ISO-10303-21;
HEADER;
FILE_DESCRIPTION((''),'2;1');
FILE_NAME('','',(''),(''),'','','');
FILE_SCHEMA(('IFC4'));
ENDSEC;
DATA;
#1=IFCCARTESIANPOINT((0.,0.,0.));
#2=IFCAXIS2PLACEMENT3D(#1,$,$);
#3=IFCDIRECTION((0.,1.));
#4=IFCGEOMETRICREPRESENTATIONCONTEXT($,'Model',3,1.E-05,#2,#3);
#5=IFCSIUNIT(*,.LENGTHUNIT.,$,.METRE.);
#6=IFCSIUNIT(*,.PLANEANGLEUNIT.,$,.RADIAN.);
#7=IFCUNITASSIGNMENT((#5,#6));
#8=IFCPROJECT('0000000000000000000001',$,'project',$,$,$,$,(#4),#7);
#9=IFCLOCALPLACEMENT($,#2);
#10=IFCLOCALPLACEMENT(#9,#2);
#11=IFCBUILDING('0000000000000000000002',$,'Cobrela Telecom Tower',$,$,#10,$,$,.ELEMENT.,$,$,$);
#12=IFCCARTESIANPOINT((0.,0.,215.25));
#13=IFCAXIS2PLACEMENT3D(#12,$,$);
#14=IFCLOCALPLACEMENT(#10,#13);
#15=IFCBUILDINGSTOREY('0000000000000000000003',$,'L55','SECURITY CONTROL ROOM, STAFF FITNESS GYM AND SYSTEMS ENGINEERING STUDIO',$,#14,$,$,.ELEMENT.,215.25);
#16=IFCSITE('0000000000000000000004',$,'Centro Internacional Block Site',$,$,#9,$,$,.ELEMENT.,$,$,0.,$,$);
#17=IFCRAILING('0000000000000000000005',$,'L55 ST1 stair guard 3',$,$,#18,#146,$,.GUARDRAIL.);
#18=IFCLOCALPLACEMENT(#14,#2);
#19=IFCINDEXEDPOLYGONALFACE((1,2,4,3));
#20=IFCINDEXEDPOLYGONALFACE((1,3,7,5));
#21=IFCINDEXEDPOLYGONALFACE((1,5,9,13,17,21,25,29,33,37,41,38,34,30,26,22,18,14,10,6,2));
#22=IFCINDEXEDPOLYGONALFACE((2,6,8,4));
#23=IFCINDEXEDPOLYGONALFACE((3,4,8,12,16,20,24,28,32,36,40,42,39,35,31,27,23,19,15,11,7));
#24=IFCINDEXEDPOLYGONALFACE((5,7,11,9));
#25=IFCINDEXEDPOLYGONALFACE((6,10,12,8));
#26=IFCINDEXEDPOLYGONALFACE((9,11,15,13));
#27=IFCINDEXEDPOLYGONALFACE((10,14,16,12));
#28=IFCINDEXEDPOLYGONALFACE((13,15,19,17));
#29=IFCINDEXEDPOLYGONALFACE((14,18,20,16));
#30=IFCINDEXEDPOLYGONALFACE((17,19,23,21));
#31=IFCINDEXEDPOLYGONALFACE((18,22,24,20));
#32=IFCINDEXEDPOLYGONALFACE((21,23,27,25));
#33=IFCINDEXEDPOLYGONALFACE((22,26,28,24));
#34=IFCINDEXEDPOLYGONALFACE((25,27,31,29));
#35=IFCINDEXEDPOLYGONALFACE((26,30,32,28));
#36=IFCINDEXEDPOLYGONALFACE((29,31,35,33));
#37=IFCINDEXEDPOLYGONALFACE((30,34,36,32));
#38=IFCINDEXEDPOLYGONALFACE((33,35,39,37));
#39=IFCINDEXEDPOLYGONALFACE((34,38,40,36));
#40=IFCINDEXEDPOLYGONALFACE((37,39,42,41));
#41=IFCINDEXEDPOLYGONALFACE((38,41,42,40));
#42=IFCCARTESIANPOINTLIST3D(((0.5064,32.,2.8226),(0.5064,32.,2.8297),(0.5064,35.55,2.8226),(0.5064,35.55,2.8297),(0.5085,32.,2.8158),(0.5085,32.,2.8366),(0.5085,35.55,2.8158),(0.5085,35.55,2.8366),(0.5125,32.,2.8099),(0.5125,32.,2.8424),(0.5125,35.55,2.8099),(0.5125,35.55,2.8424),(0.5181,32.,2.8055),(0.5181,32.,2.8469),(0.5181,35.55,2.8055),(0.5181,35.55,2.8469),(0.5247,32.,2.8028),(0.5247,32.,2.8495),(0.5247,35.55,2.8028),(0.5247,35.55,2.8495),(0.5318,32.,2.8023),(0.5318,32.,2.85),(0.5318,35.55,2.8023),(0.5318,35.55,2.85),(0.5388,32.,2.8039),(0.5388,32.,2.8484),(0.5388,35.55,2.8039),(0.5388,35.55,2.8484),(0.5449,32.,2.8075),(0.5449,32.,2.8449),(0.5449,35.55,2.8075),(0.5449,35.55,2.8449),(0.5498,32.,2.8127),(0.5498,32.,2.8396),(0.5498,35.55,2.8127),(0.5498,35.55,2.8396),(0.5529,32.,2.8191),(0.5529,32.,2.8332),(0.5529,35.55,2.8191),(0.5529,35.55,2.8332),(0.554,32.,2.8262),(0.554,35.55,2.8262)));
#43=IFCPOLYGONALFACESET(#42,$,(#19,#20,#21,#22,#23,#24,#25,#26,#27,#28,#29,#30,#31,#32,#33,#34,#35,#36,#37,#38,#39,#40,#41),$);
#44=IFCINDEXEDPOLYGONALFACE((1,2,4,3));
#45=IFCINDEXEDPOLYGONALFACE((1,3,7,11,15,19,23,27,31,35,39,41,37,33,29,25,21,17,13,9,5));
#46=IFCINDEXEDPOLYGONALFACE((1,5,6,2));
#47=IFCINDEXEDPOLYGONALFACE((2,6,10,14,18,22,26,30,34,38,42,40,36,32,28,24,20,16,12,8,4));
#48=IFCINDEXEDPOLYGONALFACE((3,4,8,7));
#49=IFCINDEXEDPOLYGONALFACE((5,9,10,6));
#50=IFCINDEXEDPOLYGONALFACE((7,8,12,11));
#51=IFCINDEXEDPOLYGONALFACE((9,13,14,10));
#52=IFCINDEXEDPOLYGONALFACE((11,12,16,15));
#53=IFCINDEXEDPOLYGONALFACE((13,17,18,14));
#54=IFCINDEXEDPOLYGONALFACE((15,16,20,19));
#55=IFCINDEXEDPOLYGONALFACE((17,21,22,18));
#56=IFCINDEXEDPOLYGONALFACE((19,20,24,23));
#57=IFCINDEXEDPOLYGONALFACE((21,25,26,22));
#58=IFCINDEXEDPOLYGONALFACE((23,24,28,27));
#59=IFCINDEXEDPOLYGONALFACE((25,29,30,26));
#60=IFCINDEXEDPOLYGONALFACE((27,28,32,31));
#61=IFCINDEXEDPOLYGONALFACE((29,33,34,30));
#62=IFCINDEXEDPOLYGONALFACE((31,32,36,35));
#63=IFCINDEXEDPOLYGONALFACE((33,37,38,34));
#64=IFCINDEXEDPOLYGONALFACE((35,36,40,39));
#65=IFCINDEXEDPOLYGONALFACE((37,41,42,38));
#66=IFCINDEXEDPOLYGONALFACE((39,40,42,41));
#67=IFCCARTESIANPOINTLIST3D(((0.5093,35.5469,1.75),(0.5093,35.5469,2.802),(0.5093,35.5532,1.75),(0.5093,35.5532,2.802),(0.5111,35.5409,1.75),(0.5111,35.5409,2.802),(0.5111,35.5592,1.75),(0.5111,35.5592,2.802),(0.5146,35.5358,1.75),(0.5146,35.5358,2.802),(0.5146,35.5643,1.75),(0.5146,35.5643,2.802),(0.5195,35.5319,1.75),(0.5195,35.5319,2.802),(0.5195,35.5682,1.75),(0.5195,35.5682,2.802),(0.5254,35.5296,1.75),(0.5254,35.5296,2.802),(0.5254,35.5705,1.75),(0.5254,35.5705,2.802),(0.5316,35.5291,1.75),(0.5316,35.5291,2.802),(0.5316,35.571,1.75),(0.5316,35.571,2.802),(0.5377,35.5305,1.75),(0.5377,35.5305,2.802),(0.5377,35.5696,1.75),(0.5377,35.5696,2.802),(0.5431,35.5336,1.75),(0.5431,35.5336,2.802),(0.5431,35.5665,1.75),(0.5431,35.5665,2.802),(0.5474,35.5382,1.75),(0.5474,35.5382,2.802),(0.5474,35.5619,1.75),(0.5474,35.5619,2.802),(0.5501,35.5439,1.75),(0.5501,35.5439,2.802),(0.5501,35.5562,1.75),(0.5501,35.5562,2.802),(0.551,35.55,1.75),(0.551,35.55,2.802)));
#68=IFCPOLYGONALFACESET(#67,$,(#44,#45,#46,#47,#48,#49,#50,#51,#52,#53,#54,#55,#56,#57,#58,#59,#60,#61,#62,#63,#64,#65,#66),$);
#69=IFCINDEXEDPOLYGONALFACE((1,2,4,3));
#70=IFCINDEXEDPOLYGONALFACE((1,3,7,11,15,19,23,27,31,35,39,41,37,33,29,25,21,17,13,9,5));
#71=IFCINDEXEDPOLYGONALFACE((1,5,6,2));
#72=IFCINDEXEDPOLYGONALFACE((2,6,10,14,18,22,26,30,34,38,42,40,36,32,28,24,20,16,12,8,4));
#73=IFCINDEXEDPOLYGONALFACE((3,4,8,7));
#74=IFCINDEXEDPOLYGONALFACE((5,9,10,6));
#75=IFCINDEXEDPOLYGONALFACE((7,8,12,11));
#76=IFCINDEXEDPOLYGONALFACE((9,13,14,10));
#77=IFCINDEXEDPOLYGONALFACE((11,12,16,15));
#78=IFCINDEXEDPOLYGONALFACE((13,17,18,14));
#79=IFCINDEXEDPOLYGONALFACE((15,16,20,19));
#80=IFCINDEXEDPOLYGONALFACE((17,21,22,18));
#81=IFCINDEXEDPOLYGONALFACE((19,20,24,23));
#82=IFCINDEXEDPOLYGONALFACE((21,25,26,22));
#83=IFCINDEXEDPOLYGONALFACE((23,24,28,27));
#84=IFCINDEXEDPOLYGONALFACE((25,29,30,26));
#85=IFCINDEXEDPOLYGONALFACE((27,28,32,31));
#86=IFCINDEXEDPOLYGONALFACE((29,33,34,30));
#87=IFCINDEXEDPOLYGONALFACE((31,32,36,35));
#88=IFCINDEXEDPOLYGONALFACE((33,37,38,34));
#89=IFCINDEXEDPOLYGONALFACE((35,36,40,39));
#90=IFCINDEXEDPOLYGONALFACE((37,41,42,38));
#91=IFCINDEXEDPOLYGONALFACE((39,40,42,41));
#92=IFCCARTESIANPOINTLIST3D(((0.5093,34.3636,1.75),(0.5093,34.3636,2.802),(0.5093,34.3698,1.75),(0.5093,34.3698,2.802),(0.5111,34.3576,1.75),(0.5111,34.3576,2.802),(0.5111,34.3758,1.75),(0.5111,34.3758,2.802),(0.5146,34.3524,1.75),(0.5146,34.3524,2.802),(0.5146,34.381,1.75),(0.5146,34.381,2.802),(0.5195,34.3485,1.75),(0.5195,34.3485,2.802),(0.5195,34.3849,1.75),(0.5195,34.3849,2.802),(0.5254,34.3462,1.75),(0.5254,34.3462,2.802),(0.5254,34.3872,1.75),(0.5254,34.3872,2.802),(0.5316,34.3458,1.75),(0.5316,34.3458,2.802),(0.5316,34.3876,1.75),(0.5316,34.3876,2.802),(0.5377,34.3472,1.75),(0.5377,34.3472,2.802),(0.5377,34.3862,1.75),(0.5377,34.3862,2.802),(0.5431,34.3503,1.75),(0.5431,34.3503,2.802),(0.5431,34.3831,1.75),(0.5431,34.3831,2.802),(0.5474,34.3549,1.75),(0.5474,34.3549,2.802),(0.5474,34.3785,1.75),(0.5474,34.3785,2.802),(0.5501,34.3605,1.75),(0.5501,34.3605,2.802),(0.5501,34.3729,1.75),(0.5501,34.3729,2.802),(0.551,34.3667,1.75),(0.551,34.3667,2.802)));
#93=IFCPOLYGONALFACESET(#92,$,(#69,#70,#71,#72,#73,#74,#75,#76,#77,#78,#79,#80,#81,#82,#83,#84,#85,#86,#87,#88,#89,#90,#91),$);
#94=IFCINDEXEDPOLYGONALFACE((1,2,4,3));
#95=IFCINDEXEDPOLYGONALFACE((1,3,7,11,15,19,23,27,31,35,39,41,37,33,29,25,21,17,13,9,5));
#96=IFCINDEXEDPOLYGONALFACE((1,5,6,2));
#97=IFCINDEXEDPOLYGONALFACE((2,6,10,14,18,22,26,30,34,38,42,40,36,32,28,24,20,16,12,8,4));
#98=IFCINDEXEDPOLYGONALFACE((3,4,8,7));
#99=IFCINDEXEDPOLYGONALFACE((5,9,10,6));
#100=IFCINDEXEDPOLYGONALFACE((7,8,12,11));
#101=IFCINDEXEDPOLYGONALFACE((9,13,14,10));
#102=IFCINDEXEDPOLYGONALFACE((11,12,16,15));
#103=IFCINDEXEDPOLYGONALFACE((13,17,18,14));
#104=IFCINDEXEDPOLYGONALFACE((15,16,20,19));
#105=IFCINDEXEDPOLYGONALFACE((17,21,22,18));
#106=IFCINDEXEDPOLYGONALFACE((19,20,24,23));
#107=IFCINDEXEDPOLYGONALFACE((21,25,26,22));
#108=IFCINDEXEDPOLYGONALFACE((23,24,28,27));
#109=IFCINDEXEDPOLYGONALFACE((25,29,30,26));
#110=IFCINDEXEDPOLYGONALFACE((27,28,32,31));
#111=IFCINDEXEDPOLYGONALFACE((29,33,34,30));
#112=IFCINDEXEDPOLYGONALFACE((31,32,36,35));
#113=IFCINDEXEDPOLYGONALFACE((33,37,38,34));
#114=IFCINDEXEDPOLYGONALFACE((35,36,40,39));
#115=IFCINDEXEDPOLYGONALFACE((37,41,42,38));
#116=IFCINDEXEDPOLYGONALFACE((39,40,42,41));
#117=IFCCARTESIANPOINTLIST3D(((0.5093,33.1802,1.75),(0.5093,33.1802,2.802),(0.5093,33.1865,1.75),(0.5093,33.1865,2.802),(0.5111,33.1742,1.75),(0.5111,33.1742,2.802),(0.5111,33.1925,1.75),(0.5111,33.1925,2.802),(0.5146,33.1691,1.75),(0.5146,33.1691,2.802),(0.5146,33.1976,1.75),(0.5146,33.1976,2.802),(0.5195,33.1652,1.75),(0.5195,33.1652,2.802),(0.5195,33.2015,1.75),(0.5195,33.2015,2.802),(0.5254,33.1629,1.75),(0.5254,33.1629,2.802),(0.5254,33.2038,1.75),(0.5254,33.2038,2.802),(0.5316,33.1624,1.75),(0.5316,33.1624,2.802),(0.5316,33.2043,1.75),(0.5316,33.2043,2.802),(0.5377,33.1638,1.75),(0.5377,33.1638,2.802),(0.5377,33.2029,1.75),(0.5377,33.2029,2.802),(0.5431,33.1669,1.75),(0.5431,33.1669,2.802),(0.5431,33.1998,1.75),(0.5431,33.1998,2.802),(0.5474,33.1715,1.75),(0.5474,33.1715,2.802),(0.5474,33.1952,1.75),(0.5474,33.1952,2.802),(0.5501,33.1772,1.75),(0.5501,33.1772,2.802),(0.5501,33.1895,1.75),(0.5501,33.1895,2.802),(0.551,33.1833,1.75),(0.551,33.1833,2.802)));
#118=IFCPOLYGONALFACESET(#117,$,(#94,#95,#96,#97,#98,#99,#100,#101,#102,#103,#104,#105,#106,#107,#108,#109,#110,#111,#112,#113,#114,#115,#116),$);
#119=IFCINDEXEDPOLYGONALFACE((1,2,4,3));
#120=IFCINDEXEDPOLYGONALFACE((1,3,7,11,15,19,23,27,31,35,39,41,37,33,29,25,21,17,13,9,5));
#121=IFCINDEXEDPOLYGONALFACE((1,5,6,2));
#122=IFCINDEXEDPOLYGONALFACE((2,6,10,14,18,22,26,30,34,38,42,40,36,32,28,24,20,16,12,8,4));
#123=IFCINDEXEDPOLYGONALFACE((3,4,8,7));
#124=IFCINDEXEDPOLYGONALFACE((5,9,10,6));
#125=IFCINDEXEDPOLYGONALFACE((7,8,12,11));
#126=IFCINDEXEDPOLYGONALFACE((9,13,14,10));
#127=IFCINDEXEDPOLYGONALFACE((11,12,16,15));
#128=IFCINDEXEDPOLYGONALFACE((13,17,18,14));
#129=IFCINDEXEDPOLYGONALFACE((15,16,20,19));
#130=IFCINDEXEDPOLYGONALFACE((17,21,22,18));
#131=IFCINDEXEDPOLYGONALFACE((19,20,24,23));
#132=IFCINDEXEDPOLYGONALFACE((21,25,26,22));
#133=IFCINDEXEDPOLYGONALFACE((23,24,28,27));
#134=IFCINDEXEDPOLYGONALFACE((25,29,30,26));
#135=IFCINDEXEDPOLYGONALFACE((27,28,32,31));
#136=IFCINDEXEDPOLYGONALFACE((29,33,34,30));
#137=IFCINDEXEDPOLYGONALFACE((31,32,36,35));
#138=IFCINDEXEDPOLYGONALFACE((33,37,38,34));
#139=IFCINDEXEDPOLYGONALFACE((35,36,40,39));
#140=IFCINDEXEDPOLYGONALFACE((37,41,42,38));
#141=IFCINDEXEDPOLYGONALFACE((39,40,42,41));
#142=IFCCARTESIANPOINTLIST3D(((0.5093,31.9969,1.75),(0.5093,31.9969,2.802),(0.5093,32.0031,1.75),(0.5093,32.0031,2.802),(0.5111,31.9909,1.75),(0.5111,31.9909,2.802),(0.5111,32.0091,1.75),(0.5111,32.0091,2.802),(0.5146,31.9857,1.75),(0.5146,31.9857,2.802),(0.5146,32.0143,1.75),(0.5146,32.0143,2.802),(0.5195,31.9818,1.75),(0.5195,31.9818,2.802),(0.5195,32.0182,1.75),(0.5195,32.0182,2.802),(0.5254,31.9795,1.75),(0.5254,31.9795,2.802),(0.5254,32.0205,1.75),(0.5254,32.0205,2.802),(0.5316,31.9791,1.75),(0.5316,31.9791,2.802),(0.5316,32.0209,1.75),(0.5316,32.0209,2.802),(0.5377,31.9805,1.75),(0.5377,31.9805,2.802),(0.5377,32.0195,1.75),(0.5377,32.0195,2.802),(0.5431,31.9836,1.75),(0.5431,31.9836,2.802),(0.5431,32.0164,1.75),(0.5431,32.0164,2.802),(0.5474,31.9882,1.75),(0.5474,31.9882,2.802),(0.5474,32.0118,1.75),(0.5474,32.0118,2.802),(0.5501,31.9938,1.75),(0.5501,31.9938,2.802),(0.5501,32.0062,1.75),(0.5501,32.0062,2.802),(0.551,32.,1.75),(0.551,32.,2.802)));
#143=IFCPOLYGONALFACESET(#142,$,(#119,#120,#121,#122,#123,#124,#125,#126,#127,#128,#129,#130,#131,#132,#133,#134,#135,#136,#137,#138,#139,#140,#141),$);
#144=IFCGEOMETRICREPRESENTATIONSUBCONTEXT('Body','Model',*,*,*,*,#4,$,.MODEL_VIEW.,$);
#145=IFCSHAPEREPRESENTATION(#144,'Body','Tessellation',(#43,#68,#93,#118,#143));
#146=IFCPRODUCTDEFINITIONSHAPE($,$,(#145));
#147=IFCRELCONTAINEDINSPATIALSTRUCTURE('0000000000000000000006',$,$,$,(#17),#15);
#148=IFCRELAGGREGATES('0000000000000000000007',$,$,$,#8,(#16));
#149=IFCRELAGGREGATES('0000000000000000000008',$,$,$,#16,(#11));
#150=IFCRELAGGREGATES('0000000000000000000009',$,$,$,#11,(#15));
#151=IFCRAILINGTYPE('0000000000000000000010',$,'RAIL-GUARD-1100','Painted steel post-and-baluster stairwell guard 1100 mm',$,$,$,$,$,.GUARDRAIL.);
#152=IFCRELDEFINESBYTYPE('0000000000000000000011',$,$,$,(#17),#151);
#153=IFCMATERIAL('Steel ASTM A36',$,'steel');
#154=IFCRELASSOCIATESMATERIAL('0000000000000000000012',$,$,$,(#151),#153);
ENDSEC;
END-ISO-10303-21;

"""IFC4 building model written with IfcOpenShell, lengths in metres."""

from ifc_helpers import new_model, si_unit, direction, frame, origin, origin_2d, place, context, subcontext, project, spatial, circle, extrude, material, type_object, element, save


model = new_model("IFC4")

# Units and contexts
model_context = context("Model", 3, precision=1e-05, world=origin(), true_north=direction((0.0, 1.0)))
body_context = subcontext(model_context, "Body", "Model", "MODEL_VIEW")
ifc_project = project(units=[si_unit("LENGTHUNIT", "METRE"), si_unit("PLANEANGLEUNIT", "RADIAN")], contexts=[model_context])

# Site, building, storey
site_placement = place(None, origin())
site = spatial("IfcSite", under=ifc_project, at=site_placement, Name="Centro Internacional Block Site", CompositionType="ELEMENT", RefElevation=0.0)
building_placement = place(site_placement, origin())
building = spatial("IfcBuilding", under=site, at=building_placement, Name="Cobrela Telecom Tower", CompositionType="ELEMENT")
storey_placement = place(building_placement, frame((0.0, 0.0, 215.25)))
storey = spatial("IfcBuildingStorey", under=building, at=storey_placement, Name="L55", Description="SECURITY CONTROL ROOM, STAFF FITNESS GYM AND SYSTEMS ENGINEERING STUDIO", CompositionType="ELEMENT", Elevation=215.25)

# Shared definitions
ifc_material_1 = material(Name="Steel ASTM A36", Category="steel")

# Railing
railing_type_1 = type_object("IfcRailingType", Name="RAIL-GUARD-1100", Description="Painted steel post-and-baluster stairwell guard 1100 mm", PredefinedType="GUARDRAIL", material=ifc_material_1)
railing_1_placement = place(storey_placement, frame((0.53, 35.55, 1.75)))
element("IfcRailing", 1, at=railing_1_placement, inside=storey, type_object=railing_type_1, Name="L55 ST1 stair guard 3", PredefinedType="GUARDRAIL", context=body_context, shape_type="SweptSolid", body=[
    extrude(circle(Radius=0.0239, at=origin_2d()), frame((0.0, 0.0, 1.0762), z_axis=(0.0, -1.0, 0.0), x_axis=(1.0, 0.0, 0.0)), (0.0, 0.0, 1.0), 3.55),
    extrude(circle(Radius=0.021, at=origin_2d()), origin(), (0.0, 0.0, 1.0), 1.052),
    extrude(circle(Radius=0.021, at=origin_2d()), frame((0.0, -1.1833, 0.0)), (0.0, 0.0, 1.0), 1.052),
    extrude(circle(Radius=0.021, at=origin_2d()), frame((0.0, -2.3667, 0.0)), (0.0, 0.0, 1.0), 1.052),
    extrude(circle(Radius=0.021, at=origin_2d()), frame((0.0, -3.55, 0.0)), (0.0, 0.0, 1.0), 1.052),
])

save(model, "model.ifc")
